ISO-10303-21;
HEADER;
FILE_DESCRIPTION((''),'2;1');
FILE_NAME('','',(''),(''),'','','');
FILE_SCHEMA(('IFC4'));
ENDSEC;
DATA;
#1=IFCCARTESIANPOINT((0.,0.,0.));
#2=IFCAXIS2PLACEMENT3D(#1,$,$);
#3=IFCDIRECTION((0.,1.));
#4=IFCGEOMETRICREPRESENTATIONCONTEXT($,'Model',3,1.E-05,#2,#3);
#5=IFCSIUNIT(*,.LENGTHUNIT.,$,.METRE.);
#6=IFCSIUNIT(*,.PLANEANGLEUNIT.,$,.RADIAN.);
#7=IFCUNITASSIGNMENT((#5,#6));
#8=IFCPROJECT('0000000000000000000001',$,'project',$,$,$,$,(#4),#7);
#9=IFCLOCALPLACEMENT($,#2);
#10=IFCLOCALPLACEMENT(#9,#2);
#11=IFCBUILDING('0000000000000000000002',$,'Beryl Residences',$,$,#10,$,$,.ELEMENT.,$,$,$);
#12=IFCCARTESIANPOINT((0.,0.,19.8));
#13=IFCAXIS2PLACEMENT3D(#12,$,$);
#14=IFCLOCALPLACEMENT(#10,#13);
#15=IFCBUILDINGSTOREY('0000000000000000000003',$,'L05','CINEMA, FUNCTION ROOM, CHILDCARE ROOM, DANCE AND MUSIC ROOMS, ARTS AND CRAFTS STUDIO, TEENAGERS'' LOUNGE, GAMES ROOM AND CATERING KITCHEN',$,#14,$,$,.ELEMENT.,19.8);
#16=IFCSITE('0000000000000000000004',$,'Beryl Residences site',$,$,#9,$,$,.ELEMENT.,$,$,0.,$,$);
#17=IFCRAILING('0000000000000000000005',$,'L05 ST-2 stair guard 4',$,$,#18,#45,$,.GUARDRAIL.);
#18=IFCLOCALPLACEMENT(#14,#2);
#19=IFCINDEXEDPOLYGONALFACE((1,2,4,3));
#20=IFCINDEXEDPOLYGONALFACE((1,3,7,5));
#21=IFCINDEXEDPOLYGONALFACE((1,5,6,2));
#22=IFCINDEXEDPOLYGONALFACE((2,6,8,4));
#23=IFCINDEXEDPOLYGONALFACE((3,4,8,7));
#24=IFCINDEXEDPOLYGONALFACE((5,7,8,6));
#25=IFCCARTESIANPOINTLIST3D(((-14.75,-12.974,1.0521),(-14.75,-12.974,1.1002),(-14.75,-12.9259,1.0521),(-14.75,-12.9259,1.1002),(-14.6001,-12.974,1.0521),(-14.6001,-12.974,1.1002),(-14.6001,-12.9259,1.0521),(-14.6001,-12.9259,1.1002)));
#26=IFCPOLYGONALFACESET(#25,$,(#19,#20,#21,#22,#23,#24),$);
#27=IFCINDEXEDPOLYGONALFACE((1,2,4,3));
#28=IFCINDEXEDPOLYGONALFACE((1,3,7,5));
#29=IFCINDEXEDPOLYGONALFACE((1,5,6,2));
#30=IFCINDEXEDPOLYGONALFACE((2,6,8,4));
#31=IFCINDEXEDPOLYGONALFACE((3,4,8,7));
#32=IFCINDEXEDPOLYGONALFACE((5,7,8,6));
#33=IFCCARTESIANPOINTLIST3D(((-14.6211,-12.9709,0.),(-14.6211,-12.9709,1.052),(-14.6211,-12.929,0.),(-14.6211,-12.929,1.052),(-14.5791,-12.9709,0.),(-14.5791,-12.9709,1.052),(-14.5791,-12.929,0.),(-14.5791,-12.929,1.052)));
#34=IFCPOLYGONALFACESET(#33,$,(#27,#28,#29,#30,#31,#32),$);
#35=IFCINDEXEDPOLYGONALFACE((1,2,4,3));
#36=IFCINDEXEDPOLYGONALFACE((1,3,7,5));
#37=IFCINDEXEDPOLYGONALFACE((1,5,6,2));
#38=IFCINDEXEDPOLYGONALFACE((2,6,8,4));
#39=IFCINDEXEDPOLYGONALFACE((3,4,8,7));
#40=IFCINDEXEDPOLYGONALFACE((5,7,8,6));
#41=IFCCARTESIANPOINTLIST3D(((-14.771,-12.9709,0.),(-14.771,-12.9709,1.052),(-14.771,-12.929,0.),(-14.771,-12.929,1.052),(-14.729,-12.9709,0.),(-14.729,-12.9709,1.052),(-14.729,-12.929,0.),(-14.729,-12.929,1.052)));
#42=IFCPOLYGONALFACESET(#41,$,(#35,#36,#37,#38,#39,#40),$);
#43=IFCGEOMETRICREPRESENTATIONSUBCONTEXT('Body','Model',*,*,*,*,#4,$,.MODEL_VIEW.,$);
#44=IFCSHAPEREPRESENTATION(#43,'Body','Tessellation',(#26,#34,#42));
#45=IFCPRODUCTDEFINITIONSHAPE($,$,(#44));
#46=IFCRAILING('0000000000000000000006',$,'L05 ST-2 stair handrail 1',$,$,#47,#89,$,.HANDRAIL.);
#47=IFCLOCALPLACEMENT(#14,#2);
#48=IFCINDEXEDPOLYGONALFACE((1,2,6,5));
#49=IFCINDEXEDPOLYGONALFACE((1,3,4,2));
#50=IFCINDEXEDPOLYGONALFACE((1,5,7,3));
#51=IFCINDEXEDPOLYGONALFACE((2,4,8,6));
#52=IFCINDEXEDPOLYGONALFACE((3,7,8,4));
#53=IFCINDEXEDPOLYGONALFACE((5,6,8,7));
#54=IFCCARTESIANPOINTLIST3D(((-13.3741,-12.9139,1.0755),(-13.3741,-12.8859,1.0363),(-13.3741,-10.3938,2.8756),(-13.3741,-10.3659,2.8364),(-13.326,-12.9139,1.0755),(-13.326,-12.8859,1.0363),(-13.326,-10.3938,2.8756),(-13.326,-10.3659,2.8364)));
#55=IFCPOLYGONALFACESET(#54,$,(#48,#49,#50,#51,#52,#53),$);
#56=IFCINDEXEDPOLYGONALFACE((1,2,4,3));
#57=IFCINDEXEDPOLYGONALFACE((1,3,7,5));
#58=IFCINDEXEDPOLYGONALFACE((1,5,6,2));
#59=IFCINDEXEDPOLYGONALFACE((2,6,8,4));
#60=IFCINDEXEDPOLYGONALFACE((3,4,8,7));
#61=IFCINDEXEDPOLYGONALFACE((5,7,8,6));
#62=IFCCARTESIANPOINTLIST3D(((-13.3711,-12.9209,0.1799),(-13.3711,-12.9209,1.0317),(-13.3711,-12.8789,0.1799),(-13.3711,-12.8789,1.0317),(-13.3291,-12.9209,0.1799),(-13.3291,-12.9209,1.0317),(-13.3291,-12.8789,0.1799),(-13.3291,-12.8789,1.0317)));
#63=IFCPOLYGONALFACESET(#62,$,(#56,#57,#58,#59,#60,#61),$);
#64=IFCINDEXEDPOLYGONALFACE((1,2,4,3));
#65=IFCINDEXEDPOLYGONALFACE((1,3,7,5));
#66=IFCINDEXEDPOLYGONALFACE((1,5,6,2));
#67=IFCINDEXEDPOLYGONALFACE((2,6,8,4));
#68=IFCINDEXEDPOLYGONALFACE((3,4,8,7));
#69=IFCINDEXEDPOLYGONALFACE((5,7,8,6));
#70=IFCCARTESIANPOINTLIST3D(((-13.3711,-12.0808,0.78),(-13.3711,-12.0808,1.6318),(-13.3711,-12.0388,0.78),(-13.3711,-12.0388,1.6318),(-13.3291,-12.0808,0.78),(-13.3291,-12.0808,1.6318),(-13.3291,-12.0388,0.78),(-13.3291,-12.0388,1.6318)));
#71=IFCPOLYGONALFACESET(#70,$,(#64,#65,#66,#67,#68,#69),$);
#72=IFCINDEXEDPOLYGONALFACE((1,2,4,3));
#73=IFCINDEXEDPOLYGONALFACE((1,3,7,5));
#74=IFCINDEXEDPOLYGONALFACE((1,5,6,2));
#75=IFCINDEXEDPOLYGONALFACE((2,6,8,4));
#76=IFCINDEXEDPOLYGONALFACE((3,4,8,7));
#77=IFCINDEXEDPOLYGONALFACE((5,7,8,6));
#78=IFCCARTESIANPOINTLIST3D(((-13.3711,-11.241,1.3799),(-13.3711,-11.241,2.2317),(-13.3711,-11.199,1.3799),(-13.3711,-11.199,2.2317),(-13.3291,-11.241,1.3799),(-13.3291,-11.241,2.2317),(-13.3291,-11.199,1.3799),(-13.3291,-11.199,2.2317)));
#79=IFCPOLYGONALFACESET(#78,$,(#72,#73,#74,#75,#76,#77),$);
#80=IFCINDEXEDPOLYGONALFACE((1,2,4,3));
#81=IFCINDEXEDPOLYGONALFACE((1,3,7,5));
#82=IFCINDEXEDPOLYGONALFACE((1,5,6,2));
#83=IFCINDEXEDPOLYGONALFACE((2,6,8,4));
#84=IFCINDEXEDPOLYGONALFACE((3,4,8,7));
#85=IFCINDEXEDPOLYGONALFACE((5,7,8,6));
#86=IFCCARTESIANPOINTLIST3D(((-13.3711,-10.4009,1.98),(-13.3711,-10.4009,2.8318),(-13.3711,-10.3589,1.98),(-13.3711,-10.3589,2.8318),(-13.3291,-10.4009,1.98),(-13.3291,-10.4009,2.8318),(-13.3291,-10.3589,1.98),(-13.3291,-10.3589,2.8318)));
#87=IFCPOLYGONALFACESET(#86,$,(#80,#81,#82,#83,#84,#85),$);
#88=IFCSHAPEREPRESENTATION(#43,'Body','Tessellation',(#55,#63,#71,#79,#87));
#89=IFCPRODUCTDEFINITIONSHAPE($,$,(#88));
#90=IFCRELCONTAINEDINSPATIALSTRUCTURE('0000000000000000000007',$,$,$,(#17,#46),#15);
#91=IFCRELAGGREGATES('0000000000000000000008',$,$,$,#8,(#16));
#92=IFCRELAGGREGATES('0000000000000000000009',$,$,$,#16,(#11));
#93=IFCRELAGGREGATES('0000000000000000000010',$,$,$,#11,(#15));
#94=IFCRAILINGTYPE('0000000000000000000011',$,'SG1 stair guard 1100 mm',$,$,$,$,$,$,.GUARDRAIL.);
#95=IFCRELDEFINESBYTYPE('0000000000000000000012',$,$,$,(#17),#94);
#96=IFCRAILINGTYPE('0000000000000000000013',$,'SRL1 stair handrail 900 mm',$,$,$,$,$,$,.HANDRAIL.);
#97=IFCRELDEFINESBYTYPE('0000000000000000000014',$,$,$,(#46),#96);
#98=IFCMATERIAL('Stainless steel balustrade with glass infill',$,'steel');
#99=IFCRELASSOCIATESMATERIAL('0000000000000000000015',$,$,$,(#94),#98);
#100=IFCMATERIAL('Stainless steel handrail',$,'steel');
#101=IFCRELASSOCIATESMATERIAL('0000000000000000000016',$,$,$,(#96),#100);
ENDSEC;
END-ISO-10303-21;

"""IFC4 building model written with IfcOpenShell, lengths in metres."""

from ifc_helpers import new_model, si_unit, direction, frame, origin, origin_2d, place, context, subcontext, project, spatial, rectangle, extrude, material, type_object, element, save


model = new_model("IFC4")

# Units and contexts
model_context = context("Model", 3, precision=1e-05, world=origin(), true_north=direction((0.0, 1.0)))
body_context = subcontext(model_context, "Body", "Model", "MODEL_VIEW")
ifc_project = project(units=[si_unit("LENGTHUNIT", "METRE"), si_unit("PLANEANGLEUNIT", "RADIAN")], contexts=[model_context])

# Site, building, storey
site_placement = place(None, origin())
site = spatial("IfcSite", under=ifc_project, at=site_placement, Name="Beryl Residences site", CompositionType="ELEMENT", RefElevation=0.0)
building_placement = place(site_placement, origin())
building = spatial("IfcBuilding", under=site, at=building_placement, Name="Beryl Residences", CompositionType="ELEMENT")
storey_placement = place(building_placement, frame((0.0, 0.0, 19.8)))
storey = spatial("IfcBuildingStorey", under=building, at=storey_placement, Name="L05", Description="CINEMA, FUNCTION ROOM, CHILDCARE ROOM, DANCE AND MUSIC ROOMS, ARTS AND CRAFTS STUDIO, TEENAGERS' LOUNGE, GAMES ROOM AND CATERING KITCHEN", CompositionType="ELEMENT", Elevation=19.8)

# Railings
ifc_material_1 = material(Name="Stainless steel balustrade with glass infill", Category="steel")
railing_type_1 = type_object("IfcRailingType", Name="SG1 stair guard 1100 mm", PredefinedType="GUARDRAIL", material=ifc_material_1)
for number, where, name in (
    (1, (-14.6001, -12.95, 0.0), "L05 ST-2 stair guard 4"),
):
    element("IfcRailing", number, at=place(storey_placement, frame(where)), inside=storey, type_object=railing_type_1, Name=name, PredefinedType="GUARDRAIL", context=body_context, shape_type="SweptSolid", body=[
        extrude(rectangle(XDim=0.0481, YDim=0.0481, at=origin_2d()), frame((0.0, 0.0, 1.0762), z_axis=(-1.0, 0.0, 0.0), x_axis=(0.0, -1.0, 0.0)), (0.0, 0.0, 1.0), 0.1499),
        extrude(rectangle(XDim=0.042, YDim=0.042, at=origin_2d()), origin(), (0.0, 0.0, 1.0), 1.052),
        extrude(rectangle(XDim=0.042, YDim=0.042, at=origin_2d()), frame((-0.1499, 0.0, 0.0)), (0.0, 0.0, 1.0), 1.052),
    ])
ifc_material_2 = material(Name="Stainless steel handrail", Category="steel")
railing_type_2 = type_object("IfcRailingType", Name="SRL1 stair handrail 900 mm", PredefinedType="HANDRAIL", material=ifc_material_2)
railing_1_placement = place(storey_placement, frame((-13.3501, -12.8999, 0.1799)))
element("IfcRailing", 2, at=railing_1_placement, inside=storey, type_object=railing_type_2, Name="L05 ST-2 stair handrail 1", PredefinedType="HANDRAIL", context=body_context, shape_type="SweptSolid", body=[
    extrude(rectangle(XDim=0.0481, YDim=0.0481, at=origin_2d()), frame((0.0, 0.0, 0.876), z_axis=(0.0, 0.813728, 0.581246), x_axis=(-1.0, 0.0, 0.0)), (0.0, 0.0, 1.0), 3.0969),
    extrude(rectangle(XDim=0.042, YDim=0.042, at=origin_2d()), origin(), (0.0, 0.0, 1.0), 0.8518),
    extrude(rectangle(XDim=0.042, YDim=0.042, at=origin_2d()), frame((0.0, 0.8401, 0.6001)), (0.0, 0.0, 1.0), 0.8518),
    extrude(rectangle(XDim=0.042, YDim=0.042, at=origin_2d()), frame((0.0, 1.6799, 1.2)), (0.0, 0.0, 1.0), 0.8518),
    extrude(rectangle(XDim=0.042, YDim=0.042, at=origin_2d()), frame((0.0, 2.52, 1.8)), (0.0, 0.0, 1.0), 0.8518),
])

save(model, "model.ifc")
